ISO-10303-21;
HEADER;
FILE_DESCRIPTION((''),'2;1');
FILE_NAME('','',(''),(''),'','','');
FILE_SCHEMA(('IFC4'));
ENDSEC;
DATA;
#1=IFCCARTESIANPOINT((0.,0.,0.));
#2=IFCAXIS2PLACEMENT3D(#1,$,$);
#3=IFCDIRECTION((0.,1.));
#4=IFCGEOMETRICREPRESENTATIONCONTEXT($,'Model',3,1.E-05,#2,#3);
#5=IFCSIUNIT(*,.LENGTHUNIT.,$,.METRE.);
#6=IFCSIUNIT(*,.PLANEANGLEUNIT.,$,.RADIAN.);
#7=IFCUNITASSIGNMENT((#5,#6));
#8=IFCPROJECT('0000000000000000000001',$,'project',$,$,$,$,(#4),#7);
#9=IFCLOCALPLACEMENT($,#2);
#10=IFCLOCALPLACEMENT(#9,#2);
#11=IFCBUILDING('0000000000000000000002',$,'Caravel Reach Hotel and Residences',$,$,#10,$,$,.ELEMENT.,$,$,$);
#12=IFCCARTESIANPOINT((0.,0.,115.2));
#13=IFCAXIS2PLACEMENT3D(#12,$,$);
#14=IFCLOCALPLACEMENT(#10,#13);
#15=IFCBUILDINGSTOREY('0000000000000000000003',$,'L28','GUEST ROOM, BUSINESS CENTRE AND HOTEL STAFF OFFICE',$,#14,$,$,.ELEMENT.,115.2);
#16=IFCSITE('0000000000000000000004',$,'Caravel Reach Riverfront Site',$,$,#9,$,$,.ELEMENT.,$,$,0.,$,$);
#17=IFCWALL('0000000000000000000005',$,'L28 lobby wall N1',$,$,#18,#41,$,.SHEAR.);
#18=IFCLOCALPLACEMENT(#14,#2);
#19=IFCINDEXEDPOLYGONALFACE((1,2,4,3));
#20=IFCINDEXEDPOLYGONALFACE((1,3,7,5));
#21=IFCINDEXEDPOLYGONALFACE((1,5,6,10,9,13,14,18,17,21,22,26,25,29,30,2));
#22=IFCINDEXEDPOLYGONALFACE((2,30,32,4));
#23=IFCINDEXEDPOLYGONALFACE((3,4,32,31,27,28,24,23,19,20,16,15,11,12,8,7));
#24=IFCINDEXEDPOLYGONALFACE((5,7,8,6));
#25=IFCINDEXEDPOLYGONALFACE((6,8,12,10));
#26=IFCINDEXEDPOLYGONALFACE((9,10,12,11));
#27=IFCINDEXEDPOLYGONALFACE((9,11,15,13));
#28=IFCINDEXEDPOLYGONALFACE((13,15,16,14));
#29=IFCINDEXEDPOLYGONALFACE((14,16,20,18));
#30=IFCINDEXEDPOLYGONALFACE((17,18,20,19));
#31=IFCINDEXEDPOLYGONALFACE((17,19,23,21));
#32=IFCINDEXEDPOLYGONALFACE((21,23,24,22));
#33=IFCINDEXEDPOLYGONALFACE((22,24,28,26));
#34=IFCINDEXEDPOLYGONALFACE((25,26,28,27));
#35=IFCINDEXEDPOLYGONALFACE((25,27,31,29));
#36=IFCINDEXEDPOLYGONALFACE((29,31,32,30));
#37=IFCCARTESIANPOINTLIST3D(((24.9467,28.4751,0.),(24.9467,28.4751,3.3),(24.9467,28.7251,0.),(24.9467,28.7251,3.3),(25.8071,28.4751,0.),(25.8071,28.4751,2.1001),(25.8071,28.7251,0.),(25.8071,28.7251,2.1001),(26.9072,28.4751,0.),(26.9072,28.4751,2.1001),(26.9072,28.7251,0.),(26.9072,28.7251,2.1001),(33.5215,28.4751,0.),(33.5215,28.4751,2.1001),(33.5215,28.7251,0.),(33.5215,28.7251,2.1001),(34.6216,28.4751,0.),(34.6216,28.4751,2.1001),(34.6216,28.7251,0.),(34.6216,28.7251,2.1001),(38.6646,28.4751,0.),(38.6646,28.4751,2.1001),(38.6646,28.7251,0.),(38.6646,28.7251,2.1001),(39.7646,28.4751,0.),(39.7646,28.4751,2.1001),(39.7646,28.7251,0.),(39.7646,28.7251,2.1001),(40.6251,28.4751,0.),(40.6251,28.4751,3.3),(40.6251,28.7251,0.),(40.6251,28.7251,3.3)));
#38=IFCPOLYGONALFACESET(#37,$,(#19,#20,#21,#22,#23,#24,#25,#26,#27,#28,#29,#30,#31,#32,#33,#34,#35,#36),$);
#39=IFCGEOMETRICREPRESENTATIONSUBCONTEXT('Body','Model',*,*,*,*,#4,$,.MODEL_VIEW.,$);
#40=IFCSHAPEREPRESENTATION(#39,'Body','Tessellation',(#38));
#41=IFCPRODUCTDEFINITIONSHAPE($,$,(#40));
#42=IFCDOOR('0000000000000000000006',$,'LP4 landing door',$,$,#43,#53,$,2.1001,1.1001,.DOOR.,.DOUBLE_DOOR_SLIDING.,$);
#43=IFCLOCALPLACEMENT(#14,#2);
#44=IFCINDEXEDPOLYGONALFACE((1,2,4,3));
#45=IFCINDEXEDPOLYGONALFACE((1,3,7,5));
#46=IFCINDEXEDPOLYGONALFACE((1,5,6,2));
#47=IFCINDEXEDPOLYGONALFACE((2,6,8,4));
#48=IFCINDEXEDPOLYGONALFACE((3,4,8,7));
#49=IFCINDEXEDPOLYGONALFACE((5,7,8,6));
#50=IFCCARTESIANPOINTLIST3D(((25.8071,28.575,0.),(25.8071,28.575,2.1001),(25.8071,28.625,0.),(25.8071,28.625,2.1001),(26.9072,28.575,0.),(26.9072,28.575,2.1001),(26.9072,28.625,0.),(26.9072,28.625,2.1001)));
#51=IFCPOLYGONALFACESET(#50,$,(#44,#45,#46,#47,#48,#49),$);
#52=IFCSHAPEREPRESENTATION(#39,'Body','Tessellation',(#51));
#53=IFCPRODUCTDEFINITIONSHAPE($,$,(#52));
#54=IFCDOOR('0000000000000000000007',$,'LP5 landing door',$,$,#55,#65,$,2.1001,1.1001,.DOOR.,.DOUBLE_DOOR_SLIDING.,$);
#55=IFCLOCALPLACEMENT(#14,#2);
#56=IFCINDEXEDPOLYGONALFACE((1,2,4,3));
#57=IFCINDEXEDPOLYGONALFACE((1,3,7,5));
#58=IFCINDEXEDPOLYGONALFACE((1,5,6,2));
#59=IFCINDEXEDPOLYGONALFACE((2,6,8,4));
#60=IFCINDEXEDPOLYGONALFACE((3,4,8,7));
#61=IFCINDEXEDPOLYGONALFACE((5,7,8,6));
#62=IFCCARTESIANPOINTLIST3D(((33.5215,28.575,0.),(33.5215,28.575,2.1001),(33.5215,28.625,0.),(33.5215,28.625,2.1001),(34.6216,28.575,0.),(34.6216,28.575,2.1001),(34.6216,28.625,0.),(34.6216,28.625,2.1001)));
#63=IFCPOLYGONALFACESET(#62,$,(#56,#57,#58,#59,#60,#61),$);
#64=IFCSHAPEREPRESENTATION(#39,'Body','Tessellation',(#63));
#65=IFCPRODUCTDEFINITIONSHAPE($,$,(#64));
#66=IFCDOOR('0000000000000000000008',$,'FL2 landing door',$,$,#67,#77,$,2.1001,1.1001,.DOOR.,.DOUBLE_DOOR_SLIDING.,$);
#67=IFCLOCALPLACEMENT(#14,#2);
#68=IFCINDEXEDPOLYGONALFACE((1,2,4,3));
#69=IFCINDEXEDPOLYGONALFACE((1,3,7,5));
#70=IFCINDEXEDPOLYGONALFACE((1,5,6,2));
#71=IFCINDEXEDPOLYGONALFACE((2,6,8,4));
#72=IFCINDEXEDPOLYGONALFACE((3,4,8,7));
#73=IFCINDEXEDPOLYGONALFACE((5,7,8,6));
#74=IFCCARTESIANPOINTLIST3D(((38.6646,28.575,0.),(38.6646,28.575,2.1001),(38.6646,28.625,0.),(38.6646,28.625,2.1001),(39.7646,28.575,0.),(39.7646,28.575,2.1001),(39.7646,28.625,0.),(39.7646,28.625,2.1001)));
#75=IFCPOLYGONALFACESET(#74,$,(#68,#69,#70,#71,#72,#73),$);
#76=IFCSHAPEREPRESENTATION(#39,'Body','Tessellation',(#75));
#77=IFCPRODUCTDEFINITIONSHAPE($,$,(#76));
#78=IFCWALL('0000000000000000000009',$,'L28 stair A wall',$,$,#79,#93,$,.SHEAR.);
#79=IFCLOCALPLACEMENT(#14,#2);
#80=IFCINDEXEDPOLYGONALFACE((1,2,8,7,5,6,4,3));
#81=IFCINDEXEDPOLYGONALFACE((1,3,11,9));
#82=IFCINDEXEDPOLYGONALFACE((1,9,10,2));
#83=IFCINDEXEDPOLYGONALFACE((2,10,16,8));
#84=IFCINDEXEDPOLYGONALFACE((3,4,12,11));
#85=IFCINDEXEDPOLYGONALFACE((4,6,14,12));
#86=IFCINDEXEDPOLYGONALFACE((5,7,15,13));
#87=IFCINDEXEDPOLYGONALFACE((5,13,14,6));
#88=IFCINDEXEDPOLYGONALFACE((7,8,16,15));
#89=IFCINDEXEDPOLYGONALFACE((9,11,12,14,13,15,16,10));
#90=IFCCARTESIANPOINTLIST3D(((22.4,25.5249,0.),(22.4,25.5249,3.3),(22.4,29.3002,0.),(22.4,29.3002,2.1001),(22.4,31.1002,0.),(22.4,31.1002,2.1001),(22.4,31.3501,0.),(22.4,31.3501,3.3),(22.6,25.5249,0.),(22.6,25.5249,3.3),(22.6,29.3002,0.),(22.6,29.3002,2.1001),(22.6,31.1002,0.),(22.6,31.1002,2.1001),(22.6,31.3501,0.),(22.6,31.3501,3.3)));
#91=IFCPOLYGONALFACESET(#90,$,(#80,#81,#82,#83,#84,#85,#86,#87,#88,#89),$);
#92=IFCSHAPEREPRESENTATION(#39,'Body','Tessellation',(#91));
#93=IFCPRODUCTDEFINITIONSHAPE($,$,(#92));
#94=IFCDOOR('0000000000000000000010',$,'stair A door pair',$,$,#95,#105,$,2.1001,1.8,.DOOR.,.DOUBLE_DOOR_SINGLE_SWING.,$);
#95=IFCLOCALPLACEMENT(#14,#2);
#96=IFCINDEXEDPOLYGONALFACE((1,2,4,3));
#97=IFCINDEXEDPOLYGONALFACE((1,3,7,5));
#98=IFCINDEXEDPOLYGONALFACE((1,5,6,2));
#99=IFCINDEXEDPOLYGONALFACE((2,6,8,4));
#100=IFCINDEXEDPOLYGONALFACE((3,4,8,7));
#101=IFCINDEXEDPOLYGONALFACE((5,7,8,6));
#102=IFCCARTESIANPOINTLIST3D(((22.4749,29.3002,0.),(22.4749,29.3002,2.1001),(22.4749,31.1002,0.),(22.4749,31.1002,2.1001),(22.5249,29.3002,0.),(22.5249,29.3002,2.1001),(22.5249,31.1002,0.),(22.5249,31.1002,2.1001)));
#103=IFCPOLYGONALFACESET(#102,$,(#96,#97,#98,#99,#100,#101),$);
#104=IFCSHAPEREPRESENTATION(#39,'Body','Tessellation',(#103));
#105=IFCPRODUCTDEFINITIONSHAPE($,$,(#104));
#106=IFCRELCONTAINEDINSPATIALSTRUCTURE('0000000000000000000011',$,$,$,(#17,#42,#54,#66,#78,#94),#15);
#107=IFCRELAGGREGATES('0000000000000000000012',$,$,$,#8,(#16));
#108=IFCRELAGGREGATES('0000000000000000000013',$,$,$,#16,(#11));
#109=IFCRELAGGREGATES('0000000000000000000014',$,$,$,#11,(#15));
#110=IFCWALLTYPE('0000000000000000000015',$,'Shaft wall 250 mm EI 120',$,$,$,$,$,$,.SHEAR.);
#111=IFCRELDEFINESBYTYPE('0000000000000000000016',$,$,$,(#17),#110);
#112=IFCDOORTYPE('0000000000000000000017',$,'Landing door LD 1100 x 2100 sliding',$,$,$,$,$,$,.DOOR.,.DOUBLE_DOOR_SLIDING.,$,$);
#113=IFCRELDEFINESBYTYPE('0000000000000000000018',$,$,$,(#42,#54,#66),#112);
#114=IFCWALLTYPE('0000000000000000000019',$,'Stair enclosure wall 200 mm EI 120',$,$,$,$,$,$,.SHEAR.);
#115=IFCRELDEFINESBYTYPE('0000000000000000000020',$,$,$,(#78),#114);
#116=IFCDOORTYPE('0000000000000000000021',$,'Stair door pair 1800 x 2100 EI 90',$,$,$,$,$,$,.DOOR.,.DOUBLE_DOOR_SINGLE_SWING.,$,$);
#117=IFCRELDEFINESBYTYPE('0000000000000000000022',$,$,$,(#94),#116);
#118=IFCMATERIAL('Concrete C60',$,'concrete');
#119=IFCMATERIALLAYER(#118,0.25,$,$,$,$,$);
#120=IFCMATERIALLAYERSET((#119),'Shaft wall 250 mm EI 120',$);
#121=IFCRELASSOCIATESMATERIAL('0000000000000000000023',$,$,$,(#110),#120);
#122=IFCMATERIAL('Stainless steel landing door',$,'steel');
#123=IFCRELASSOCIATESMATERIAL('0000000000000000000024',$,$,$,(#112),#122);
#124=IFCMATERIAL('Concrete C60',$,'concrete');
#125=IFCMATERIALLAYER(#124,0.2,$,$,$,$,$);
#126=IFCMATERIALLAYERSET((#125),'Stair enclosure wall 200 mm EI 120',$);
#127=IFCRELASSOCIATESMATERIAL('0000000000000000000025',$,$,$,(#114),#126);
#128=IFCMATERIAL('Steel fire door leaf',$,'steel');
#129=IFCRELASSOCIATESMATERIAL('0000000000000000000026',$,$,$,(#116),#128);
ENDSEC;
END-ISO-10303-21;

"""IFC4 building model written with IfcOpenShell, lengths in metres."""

from ifc_helpers import new_model, si_unit, direction, frame, frame_2d, origin, place, context, subcontext, project, spatial, rectangle, extrude, material, layer, layer_set, type_object, element, fill, save


model = new_model("IFC4")

# Units and contexts
model_context = context("Model", 3, precision=1e-05, world=origin(), true_north=direction((0.0, 1.0)))
body_context = subcontext(model_context, "Body", "Model", "MODEL_VIEW")
ifc_project = project(units=[si_unit("LENGTHUNIT", "METRE"), si_unit("PLANEANGLEUNIT", "RADIAN")], contexts=[model_context])

# Site, building, storey
site_placement = place(None, origin())
site = spatial("IfcSite", under=ifc_project, at=site_placement, Name="Caravel Reach Riverfront Site", CompositionType="ELEMENT", RefElevation=0.0)
building_placement = place(site_placement, origin())
building = spatial("IfcBuilding", under=site, at=building_placement, Name="Caravel Reach Hotel and Residences", CompositionType="ELEMENT")
storey_placement = place(building_placement, frame((0.0, 0.0, 115.2)))
storey = spatial("IfcBuildingStorey", under=building, at=storey_placement, Name="L28", Description="GUEST ROOM, BUSINESS CENTRE AND HOTEL STAFF OFFICE", CompositionType="ELEMENT", Elevation=115.2)

# Wall, openings, doors
ifc_material_1 = material(Name="Concrete C60", Category="concrete")
ifc_layer_1 = layer(ifc_material_1, 0.25)
ifc_layer_set_1 = layer_set([ifc_layer_1], Name="Shaft wall 250 mm EI 120")
wall_type_1 = type_object("IfcWallType", Name="Shaft wall 250 mm EI 120", PredefinedType="SHEAR", material=ifc_layer_set_1)
wall_1_placement = place(storey_placement, frame((24.9465, 28.6001, 0.0), z_axis=(0.0, 0.0, 1.0), x_axis=(1.0, 0.0, 0.0)))
wall_1 = element("IfcWall", 1, at=wall_1_placement, inside=storey, type_object=wall_type_1, Name="L28 lobby wall N1", PredefinedType="SHEAR", context=body_context, shape_type="SweptSolid", body=[
    extrude(rectangle(XDim=15.6785, YDim=0.25, at=frame_2d((7.8394, 0.0))), origin(), (0.0, 0.0, 1.0), 3.3),
])
opening_1_placement = place(wall_1_placement, frame((0.8606, 0.0, 0.0)))
opening_1 = element("IfcOpeningElement", 2, at=opening_1_placement, cuts=wall_1, PredefinedType="OPENING", context=body_context, shape_type="SweptSolid", body=[
    extrude(rectangle(XDim=1.1001, YDim=2.1001, at=frame_2d((0.55, 1.05))), frame((0.0, 0.135, 0.0), z_axis=(0.0, -1.0, 0.0), x_axis=(1.0, 0.0, 0.0)), (0.0, 0.0, 1.0), 0.27),
])
opening_2_placement = place(wall_1_placement, frame((8.575, 0.0, 0.0)))
opening_2 = element("IfcOpeningElement", 3, at=opening_2_placement, cuts=wall_1, PredefinedType="OPENING", context=body_context, shape_type="SweptSolid", body=[
    extrude(rectangle(XDim=1.1001, YDim=2.1001, at=frame_2d((0.55, 1.05))), frame((0.0, 0.135, 0.0), z_axis=(0.0, -1.0, 0.0), x_axis=(1.0, 0.0, 0.0)), (0.0, 0.0, 1.0), 0.27),
])
opening_3_placement = place(wall_1_placement, frame((13.718, 0.0, 0.0)))
opening_3 = element("IfcOpeningElement", 4, at=opening_3_placement, cuts=wall_1, PredefinedType="OPENING", context=body_context, shape_type="SweptSolid", body=[
    extrude(rectangle(XDim=1.1001, YDim=2.1001, at=frame_2d((0.55, 1.05))), frame((0.0, 0.135, 0.0), z_axis=(0.0, -1.0, 0.0), x_axis=(1.0, 0.0, 0.0)), (0.0, 0.0, 1.0), 0.27),
])
ifc_material_2 = material(Name="Stainless steel landing door", Category="steel")
door_type_1 = type_object("IfcDoorType", Name="Landing door LD 1100 x 2100 sliding", OperationType="DOUBLE_DOOR_SLIDING", PredefinedType="DOOR", material=ifc_material_2)
door_1_placement = place(opening_1_placement, origin())
door_1 = element("IfcDoor", 5, at=door_1_placement, inside=storey, type_object=door_type_1, Name="LP4 landing door", OperationType="DOUBLE_DOOR_SLIDING", OverallHeight=2.1001, OverallWidth=1.1001, PredefinedType="DOOR", context=body_context, shape_type="SweptSolid", body=[
    extrude(rectangle(XDim=1.1001, YDim=2.1001, at=frame_2d((0.55, 1.05))), frame((0.0, 0.0249, 0.0), z_axis=(0.0, -1.0, 0.0), x_axis=(1.0, 0.0, 0.0)), (0.0, 0.0, 1.0), 0.05),
])
fill(opening_1, door_1)
door_2_placement = place(opening_2_placement, origin())
door_2 = element("IfcDoor", 6, at=door_2_placement, inside=storey, type_object=door_type_1, Name="LP5 landing door", OperationType="DOUBLE_DOOR_SLIDING", OverallHeight=2.1001, OverallWidth=1.1001, PredefinedType="DOOR", context=body_context, shape_type="SweptSolid", body=[
    extrude(rectangle(XDim=1.1001, YDim=2.1001, at=frame_2d((0.55, 1.05))), frame((0.0, 0.0249, 0.0), z_axis=(0.0, -1.0, 0.0), x_axis=(1.0, 0.0, 0.0)), (0.0, 0.0, 1.0), 0.05),
])
fill(opening_2, door_2)
door_3_placement = place(opening_3_placement, origin())
door_3 = element("IfcDoor", 7, at=door_3_placement, inside=storey, type_object=door_type_1, Name="FL2 landing door", OperationType="DOUBLE_DOOR_SLIDING", OverallHeight=2.1001, OverallWidth=1.1001, PredefinedType="DOOR", context=body_context, shape_type="SweptSolid", body=[
    extrude(rectangle(XDim=1.1001, YDim=2.1001, at=frame_2d((0.55, 1.05))), frame((0.0, 0.0249, 0.0), z_axis=(0.0, -1.0, 0.0), x_axis=(1.0, 0.0, 0.0)), (0.0, 0.0, 1.0), 0.05),
])
fill(opening_3, door_3)

# Wall, opening, door
ifc_material_3 = material(Name="Concrete C60", Category="concrete")
ifc_layer_2 = layer(ifc_material_3, 0.2)
ifc_layer_set_2 = layer_set([ifc_layer_2], Name="Stair enclosure wall 200 mm EI 120")
wall_type_2 = type_object("IfcWallType", Name="Stair enclosure wall 200 mm EI 120", PredefinedType="SHEAR", material=ifc_layer_set_2)
wall_2_placement = place(storey_placement, frame((22.5, 31.3501, 0.0), z_axis=(0.0, 0.0, 1.0), x_axis=(0.0, -1.0, 0.0)))
wall_2 = element("IfcWall", 8, at=wall_2_placement, inside=storey, type_object=wall_type_2, Name="L28 stair A wall", PredefinedType="SHEAR", context=body_context, shape_type="SweptSolid", body=[
    extrude(rectangle(XDim=5.8252, YDim=0.2, at=frame_2d((2.9126, 0.0))), origin(), (0.0, 0.0, 1.0), 3.3),
])
opening_4_placement = place(wall_2_placement, frame((0.25, 0.0, 0.0)))
opening_4 = element("IfcOpeningElement", 9, at=opening_4_placement, cuts=wall_2, PredefinedType="OPENING", context=body_context, shape_type="SweptSolid", body=[
    extrude(rectangle(XDim=1.8, YDim=2.1001, at=frame_2d((0.8999, 1.05))), frame((0.0, 0.1099, 0.0), z_axis=(0.0, -1.0, 0.0), x_axis=(1.0, 0.0, 0.0)), (0.0, 0.0, 1.0), 0.22),
])
ifc_material_4 = material(Name="Steel fire door leaf", Category="steel")
door_type_2 = type_object("IfcDoorType", Name="Stair door pair 1800 x 2100 EI 90", OperationType="DOUBLE_DOOR_SINGLE_SWING", PredefinedType="DOOR", material=ifc_material_4)
door_4_placement = place(opening_4_placement, origin())
door_4 = element("IfcDoor", 10, at=door_4_placement, inside=storey, type_object=door_type_2, Name="stair A door pair", OperationType="DOUBLE_DOOR_SINGLE_SWING", OverallHeight=2.1001, OverallWidth=1.8, PredefinedType="DOOR", context=body_context, shape_type="SweptSolid", body=[
    extrude(rectangle(XDim=1.8, YDim=2.1001, at=frame_2d((0.8999, 1.05))), frame((0.0, 0.0249, 0.0), z_axis=(0.0, -1.0, 0.0), x_axis=(1.0, 0.0, 0.0)), (0.0, 0.0, 1.0), 0.05),
])
fill(opening_4, door_4)

save(model, "model.ifc")
